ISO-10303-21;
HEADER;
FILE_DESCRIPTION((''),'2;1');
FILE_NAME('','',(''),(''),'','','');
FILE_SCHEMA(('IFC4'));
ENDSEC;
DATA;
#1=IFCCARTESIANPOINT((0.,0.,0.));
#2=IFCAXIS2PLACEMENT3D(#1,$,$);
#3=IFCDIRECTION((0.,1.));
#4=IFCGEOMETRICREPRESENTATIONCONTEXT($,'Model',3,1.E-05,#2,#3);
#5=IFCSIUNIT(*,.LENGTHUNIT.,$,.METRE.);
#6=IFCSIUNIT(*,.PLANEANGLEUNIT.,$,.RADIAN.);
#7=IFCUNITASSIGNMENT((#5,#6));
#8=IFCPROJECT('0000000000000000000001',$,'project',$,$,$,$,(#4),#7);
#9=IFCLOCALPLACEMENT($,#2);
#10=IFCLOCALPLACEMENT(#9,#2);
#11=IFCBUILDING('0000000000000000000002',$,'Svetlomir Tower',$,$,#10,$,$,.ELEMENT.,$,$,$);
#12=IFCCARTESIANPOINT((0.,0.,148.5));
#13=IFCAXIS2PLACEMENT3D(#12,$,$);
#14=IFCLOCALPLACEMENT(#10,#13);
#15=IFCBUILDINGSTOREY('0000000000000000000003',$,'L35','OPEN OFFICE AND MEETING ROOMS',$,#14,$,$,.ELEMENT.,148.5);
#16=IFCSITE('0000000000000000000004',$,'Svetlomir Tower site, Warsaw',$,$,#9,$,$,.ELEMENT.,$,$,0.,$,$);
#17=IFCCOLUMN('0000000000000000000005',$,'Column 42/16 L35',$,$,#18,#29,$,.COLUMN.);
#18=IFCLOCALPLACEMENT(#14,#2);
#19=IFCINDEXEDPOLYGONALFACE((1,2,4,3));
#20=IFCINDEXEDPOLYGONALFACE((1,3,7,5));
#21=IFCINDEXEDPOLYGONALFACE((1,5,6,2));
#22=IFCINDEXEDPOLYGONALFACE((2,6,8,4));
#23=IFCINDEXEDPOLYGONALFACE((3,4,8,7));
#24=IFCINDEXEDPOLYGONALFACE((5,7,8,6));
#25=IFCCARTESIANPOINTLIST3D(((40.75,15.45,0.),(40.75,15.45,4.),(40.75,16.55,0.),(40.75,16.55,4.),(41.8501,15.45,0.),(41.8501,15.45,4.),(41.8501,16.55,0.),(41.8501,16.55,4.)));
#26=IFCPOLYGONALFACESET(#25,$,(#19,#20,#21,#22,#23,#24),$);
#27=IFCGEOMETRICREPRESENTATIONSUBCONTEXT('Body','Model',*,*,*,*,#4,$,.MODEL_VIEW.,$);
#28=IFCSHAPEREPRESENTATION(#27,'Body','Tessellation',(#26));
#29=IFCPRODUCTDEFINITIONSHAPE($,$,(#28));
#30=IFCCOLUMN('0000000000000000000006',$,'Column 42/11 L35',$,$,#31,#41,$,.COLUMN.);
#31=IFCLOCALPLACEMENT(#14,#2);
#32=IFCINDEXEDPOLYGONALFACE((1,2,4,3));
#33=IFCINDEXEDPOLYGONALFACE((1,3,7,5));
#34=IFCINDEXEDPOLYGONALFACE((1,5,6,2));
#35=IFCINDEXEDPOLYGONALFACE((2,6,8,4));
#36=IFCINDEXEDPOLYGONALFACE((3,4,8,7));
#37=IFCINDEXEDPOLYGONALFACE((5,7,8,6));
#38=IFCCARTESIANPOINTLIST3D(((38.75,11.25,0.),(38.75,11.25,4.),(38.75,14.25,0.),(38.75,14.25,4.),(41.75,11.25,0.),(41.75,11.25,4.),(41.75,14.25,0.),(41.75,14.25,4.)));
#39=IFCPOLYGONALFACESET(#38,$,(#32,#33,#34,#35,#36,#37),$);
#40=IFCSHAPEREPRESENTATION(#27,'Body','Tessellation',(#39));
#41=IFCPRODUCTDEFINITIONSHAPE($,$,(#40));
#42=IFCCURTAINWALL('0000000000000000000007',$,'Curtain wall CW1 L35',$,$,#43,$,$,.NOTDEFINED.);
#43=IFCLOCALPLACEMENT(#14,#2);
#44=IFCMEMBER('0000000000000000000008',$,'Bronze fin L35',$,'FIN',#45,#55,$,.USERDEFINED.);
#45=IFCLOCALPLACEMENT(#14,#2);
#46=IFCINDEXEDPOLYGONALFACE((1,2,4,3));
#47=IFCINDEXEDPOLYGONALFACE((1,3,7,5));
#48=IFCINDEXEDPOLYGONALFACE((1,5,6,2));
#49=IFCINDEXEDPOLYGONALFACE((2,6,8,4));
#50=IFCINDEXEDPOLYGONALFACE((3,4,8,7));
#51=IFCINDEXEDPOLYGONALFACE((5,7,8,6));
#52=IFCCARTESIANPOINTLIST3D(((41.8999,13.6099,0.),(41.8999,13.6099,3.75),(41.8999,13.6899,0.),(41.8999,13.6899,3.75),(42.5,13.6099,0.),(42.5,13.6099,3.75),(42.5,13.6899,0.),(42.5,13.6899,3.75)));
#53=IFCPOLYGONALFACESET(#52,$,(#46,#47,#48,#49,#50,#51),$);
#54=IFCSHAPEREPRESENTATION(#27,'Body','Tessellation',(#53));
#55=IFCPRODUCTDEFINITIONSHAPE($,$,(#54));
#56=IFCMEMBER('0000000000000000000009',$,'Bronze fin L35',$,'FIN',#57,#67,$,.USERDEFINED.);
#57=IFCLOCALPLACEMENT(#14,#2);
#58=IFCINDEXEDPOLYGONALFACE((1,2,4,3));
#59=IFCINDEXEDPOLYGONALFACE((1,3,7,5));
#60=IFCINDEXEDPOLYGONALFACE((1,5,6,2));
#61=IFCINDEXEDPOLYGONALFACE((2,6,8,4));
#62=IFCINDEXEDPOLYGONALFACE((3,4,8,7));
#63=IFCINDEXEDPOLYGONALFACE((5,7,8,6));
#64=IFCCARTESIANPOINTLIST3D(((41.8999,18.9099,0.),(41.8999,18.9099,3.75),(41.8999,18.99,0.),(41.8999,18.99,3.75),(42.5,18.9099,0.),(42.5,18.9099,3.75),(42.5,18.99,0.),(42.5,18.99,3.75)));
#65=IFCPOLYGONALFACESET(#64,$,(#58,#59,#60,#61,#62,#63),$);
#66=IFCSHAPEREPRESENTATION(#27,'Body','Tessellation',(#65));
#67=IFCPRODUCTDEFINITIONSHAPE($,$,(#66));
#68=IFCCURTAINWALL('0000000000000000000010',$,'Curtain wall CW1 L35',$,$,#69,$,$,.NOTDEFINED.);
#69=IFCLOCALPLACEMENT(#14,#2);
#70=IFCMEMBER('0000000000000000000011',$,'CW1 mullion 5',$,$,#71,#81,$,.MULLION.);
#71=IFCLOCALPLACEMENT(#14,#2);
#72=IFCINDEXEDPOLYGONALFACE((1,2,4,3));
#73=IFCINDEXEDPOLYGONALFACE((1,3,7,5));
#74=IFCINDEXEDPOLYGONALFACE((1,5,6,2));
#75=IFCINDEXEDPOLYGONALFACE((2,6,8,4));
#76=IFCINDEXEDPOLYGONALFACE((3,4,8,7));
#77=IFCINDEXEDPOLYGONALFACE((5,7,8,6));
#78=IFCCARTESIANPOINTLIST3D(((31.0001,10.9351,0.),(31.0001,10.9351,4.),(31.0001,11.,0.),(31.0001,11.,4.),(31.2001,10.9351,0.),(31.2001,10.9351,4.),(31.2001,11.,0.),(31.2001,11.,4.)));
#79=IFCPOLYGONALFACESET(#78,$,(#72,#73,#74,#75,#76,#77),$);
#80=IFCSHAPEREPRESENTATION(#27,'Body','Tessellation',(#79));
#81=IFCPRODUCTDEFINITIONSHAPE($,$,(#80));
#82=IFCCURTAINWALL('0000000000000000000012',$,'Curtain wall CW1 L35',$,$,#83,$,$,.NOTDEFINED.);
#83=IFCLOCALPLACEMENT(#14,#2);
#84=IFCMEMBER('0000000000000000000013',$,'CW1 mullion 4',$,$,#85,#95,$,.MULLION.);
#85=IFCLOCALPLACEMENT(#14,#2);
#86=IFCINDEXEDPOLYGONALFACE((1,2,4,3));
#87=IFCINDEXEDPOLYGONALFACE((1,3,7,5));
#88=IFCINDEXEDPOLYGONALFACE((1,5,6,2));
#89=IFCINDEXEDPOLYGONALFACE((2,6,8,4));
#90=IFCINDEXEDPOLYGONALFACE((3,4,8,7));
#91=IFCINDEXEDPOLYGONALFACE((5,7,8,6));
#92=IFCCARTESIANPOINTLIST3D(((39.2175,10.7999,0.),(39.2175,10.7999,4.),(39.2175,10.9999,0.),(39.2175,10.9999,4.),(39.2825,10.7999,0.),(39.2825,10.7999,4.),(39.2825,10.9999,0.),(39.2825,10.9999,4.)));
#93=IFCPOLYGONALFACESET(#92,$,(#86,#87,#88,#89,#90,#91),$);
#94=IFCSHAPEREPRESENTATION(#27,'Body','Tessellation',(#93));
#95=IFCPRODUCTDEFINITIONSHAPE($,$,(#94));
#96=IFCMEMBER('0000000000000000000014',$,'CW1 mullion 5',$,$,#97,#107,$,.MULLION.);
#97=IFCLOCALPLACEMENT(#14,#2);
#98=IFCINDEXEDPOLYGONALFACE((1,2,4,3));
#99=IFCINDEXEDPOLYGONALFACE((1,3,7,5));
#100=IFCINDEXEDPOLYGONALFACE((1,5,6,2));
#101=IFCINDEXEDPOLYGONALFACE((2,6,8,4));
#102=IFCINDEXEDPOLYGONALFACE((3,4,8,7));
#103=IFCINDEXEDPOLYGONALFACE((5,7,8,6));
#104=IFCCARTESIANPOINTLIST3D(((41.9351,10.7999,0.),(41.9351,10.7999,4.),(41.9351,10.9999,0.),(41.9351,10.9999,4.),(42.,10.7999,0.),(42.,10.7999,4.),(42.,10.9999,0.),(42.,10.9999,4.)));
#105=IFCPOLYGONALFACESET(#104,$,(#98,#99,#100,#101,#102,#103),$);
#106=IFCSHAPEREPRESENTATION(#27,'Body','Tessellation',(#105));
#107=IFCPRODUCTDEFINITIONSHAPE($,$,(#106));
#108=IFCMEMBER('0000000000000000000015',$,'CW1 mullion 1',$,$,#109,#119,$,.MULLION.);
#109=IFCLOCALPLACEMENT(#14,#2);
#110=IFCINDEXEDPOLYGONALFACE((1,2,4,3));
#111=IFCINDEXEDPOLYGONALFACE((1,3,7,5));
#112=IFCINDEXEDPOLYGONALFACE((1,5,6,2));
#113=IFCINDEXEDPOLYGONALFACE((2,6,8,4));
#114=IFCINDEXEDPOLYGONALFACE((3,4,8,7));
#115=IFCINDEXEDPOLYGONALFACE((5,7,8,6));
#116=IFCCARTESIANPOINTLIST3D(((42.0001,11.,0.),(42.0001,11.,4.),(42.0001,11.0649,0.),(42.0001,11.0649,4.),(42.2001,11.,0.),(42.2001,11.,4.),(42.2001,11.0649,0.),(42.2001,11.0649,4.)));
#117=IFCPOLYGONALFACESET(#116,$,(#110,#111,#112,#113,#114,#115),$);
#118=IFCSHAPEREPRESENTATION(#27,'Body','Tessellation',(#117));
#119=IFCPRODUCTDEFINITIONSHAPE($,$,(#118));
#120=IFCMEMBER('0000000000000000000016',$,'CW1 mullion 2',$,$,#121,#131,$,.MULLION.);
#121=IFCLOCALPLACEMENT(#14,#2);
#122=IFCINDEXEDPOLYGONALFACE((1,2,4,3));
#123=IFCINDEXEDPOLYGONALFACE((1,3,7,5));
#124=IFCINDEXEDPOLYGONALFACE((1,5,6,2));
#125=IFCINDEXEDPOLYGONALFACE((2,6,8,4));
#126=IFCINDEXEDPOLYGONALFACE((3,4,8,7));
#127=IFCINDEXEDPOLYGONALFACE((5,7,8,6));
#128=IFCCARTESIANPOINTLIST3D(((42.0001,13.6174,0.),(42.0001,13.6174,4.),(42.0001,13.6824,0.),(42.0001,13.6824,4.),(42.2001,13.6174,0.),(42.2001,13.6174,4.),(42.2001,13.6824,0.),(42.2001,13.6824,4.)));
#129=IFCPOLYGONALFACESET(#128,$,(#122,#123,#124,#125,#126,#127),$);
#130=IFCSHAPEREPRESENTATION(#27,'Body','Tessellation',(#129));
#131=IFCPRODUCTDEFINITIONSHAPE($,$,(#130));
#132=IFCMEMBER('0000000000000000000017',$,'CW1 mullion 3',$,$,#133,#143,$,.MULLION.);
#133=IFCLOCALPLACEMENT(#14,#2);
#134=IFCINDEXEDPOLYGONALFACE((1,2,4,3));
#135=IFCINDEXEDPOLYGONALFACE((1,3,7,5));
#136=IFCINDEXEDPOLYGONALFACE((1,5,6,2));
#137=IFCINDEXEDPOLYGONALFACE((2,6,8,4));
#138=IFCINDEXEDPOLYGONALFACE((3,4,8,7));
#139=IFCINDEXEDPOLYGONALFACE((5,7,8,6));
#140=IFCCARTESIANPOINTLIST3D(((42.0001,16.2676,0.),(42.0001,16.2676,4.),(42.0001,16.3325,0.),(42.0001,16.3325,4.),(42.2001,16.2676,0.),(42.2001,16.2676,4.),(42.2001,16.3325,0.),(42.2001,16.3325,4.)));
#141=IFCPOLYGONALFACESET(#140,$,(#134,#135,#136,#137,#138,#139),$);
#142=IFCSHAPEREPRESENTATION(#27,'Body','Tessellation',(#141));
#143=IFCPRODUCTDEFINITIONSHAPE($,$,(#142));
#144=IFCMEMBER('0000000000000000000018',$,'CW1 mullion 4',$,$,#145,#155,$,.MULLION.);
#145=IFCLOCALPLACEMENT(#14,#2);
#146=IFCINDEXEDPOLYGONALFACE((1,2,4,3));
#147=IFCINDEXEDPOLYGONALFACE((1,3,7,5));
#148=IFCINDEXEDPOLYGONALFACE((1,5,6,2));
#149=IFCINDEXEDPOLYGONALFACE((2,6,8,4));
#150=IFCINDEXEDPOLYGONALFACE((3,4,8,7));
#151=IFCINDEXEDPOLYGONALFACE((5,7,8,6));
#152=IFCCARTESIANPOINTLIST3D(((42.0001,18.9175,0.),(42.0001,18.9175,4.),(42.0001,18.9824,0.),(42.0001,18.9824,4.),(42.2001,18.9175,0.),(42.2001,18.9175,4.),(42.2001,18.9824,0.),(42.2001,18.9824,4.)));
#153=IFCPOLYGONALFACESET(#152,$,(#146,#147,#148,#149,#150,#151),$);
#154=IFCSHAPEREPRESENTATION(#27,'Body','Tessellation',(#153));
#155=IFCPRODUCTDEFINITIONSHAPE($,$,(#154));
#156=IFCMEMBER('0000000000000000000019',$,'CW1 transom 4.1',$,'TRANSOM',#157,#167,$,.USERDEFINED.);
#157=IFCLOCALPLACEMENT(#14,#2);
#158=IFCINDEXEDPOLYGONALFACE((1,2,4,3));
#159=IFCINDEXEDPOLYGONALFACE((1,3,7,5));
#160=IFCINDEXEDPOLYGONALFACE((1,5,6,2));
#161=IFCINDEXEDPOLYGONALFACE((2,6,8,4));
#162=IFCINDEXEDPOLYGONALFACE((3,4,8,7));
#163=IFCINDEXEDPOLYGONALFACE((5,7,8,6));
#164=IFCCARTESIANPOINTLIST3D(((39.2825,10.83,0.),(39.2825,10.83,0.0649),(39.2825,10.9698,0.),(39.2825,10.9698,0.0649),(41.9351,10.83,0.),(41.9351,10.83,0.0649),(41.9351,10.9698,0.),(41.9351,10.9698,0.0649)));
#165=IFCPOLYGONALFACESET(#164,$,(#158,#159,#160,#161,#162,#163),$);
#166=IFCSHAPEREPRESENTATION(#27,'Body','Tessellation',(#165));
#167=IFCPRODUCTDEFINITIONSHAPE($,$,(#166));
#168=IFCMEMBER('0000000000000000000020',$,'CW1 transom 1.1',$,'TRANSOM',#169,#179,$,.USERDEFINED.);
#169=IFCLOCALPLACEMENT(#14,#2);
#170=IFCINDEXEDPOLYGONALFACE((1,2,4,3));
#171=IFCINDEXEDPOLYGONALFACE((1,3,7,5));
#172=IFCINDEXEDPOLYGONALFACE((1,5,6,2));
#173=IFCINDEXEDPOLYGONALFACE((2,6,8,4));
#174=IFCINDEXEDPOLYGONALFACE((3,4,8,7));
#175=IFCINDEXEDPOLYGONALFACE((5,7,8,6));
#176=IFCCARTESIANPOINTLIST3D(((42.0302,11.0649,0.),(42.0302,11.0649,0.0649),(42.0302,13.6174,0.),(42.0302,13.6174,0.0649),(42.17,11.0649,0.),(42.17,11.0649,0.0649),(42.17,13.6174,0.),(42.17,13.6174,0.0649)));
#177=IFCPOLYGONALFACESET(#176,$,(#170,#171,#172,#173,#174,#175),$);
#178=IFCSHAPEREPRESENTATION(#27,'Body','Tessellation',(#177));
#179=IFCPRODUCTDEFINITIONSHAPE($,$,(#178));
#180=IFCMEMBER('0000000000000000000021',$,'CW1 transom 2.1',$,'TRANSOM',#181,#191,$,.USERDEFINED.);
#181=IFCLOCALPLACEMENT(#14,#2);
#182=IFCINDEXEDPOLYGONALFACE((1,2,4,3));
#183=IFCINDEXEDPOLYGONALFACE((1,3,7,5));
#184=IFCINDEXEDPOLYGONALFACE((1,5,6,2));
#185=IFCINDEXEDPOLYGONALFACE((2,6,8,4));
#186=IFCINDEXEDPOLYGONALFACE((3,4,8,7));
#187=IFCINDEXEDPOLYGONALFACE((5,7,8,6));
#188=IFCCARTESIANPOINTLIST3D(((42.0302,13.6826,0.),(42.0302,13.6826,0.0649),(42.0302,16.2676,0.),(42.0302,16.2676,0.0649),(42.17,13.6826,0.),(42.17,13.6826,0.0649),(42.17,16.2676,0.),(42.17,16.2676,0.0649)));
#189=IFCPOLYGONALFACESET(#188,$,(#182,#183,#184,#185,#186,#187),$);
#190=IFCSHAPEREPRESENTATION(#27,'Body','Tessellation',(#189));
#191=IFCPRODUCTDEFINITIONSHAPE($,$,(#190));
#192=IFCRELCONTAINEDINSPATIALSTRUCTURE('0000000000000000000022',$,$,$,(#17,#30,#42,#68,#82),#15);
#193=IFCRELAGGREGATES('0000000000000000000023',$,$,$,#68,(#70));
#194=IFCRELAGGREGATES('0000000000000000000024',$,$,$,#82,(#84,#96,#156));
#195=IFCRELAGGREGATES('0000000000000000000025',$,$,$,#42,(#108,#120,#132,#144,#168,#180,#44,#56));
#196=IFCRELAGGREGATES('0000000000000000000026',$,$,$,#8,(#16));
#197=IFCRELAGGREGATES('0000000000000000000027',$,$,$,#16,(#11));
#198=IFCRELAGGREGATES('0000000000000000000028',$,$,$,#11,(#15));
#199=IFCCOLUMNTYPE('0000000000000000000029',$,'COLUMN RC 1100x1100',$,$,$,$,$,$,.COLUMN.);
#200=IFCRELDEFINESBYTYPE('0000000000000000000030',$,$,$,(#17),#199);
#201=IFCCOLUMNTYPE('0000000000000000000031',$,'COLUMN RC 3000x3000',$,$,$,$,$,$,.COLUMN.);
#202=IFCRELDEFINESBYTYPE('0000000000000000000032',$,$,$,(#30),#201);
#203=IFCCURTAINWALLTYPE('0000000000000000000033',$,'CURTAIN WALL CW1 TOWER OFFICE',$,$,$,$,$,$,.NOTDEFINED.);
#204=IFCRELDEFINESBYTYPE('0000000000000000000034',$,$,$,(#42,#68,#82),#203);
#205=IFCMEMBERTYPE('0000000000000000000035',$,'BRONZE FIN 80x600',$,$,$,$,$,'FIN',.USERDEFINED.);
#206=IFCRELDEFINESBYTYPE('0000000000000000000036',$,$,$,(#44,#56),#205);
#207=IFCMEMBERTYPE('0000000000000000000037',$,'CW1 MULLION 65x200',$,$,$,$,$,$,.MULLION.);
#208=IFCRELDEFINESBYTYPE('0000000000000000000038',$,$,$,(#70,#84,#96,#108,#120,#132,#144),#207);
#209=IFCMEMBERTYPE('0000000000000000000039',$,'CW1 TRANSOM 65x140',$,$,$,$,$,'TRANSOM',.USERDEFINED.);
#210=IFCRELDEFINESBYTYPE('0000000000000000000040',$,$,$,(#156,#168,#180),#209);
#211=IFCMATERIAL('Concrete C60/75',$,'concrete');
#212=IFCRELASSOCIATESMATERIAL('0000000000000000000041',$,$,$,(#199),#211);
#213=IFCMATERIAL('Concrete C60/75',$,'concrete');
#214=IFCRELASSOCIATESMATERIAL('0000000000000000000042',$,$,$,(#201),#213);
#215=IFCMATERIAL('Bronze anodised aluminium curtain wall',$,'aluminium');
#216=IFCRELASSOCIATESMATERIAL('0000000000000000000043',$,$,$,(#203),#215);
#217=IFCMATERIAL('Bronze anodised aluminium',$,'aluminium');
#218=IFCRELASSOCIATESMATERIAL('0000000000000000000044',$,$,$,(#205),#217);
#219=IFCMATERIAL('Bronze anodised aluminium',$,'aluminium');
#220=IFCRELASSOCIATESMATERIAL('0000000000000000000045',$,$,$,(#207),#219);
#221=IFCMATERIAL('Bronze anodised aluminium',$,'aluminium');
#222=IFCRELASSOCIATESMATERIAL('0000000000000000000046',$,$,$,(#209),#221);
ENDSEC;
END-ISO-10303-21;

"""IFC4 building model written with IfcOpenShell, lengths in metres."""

from ifc_helpers import new_model, si_unit, direction, frame, origin, origin_2d, place, context, subcontext, project, spatial, rectangle, extrude, material, material_profile, profile_set, type_object, element, aggregate, save


model = new_model("IFC4")

# Units and contexts
model_context = context("Model", 3, precision=1e-05, world=origin(), true_north=direction((0.0, 1.0)))
body_context = subcontext(model_context, "Body", "Model", "MODEL_VIEW")
ifc_project = project(units=[si_unit("LENGTHUNIT", "METRE"), si_unit("PLANEANGLEUNIT", "RADIAN")], contexts=[model_context])

# Site, building, storey
site_placement = place(None, origin())
site = spatial("IfcSite", under=ifc_project, at=site_placement, Name="Svetlomir Tower site, Warsaw", CompositionType="ELEMENT", RefElevation=0.0)
building_placement = place(site_placement, origin())
building = spatial("IfcBuilding", under=site, at=building_placement, Name="Svetlomir Tower", CompositionType="ELEMENT")
storey_placement = place(building_placement, frame((0.0, 0.0, 148.5)))
storey = spatial("IfcBuildingStorey", under=building, at=storey_placement, Name="L35", Description="OPEN OFFICE AND MEETING ROOMS", CompositionType="ELEMENT", Elevation=148.5)

# Columns
ifc_material_1 = material(Name="Concrete C60/75", Category="concrete")
ifc_material_profile_1 = material_profile(ifc_material_1, rectangle(XDim=1.1001, YDim=1.1001, at=origin_2d()), Name="RC 1100x1100")
ifc_profile_set_1 = profile_set([ifc_material_profile_1], Name="Concrete C60/75")
column_type_1 = type_object("IfcColumnType", Name="COLUMN RC 1100x1100", PredefinedType="COLUMN", material=ifc_profile_set_1)
column_1_placement = place(storey_placement, frame((41.3, 16.0, 0.0), z_axis=(0.0, 0.0, 1.0), x_axis=(1.0, 0.0, 0.0)))
element("IfcColumn", 1, at=column_1_placement, inside=storey, type_object=column_type_1, Name="Column 42/16 L35", PredefinedType="COLUMN", context=body_context, shape_type="SweptSolid", body=[
    extrude(rectangle(XDim=1.1001, YDim=1.1001, at=origin_2d()), origin(), (0.0, 0.0, 1.0), 4.0),
])
ifc_material_2 = material(Name="Concrete C60/75", Category="concrete")
ifc_material_profile_2 = material_profile(ifc_material_2, rectangle(XDim=3.0, YDim=3.0, at=origin_2d()), Name="RC 3000x3000")
ifc_profile_set_2 = profile_set([ifc_material_profile_2], Name="Concrete C60/75")
column_type_2 = type_object("IfcColumnType", Name="COLUMN RC 3000x3000", PredefinedType="COLUMN", material=ifc_profile_set_2)
column_2_placement = place(storey_placement, frame((40.25, 12.75, 0.0), z_axis=(0.0, 0.0, 1.0), x_axis=(1.0, 0.0, 0.0)))
element("IfcColumn", 2, at=column_2_placement, inside=storey, type_object=column_type_2, Name="Column 42/11 L35", PredefinedType="COLUMN", context=body_context, shape_type="SweptSolid", body=[
    extrude(rectangle(XDim=3.0, YDim=3.0, at=origin_2d()), origin(), (0.0, 0.0, 1.0), 4.0),
])

# Curtain wall, members
ifc_material_3 = material(Name="Bronze anodised aluminium curtain wall", Category="aluminium")
curtain_wall_type = type_object("IfcCurtainWallType", Name="CURTAIN WALL CW1 TOWER OFFICE", PredefinedType="NOTDEFINED", material=ifc_material_3)
curtain_wall_1_placement = place(storey_placement, origin())
curtain_wall_1 = element("IfcCurtainWall", 3, at=curtain_wall_1_placement, inside=storey, type_object=curtain_wall_type, Name="Curtain wall CW1 L35", PredefinedType="NOTDEFINED")
ifc_material_4 = material(Name="Bronze anodised aluminium", Category="aluminium")
ifc_material_profile_3 = material_profile(ifc_material_4, rectangle(XDim=0.0801, YDim=0.6001, at=origin_2d()), Name="FIN 80x600")
ifc_profile_set_3 = profile_set([ifc_material_profile_3], Name="Bronze anodised aluminium 6063-T6")
member_type_1 = type_object("IfcMemberType", Name="BRONZE FIN 80x600", ElementType="FIN", PredefinedType="USERDEFINED", material=ifc_profile_set_3)
member_1_placement = place(storey_placement, frame((42.2, 13.6499, 0.0), z_axis=(0.0, 0.0, 1.0), x_axis=(0.0, 1.0, 0.0)))
member_1 = element("IfcMember", 4, at=member_1_placement, type_object=member_type_1, Name="Bronze fin L35", ObjectType="FIN", PredefinedType="USERDEFINED", context=body_context, shape_type="SweptSolid", body=[
    extrude(rectangle(XDim=0.0801, YDim=0.6001, at=origin_2d()), origin(), (0.0, 0.0, 1.0), 3.75),
])
member_2_placement = place(storey_placement, frame((42.2, 18.95, 0.0), z_axis=(0.0, 0.0, 1.0), x_axis=(0.0, 1.0, 0.0)))
member_2 = element("IfcMember", 5, at=member_2_placement, type_object=member_type_1, Name="Bronze fin L35", ObjectType="FIN", PredefinedType="USERDEFINED", context=body_context, shape_type="SweptSolid", body=[
    extrude(rectangle(XDim=0.0801, YDim=0.6001, at=origin_2d()), origin(), (0.0, 0.0, 1.0), 3.75),
])

# Curtain wall, member
curtain_wall_2_placement = place(storey_placement, origin())
curtain_wall_2 = element("IfcCurtainWall", 6, at=curtain_wall_2_placement, inside=storey, type_object=curtain_wall_type, Name="Curtain wall CW1 L35", PredefinedType="NOTDEFINED")
ifc_material_5 = material(Name="Bronze anodised aluminium", Category="aluminium")
ifc_material_profile_4 = material_profile(ifc_material_5, rectangle(XDim=0.0649, YDim=0.2, at=origin_2d()), Name="AL 65x200")
ifc_profile_set_4 = profile_set([ifc_material_profile_4], Name="Bronze anodised aluminium 6063-T6")
member_type_2 = type_object("IfcMemberType", Name="CW1 MULLION 65x200", PredefinedType="MULLION", material=ifc_profile_set_4)
member_3_placement = place(storey_placement, frame((31.1001, 10.9675, 0.0), z_axis=(0.0, 0.0, 1.0), x_axis=(0.0, 1.0, 0.0)))
member_3 = element("IfcMember", 7, at=member_3_placement, type_object=member_type_2, Name="CW1 mullion 5", PredefinedType="MULLION", context=body_context, shape_type="SweptSolid", body=[
    extrude(rectangle(XDim=0.0649, YDim=0.2, at=origin_2d()), origin(), (0.0, 0.0, 1.0), 4.0),
])
aggregate(curtain_wall_2, [member_3])

# Curtain wall, members
curtain_wall_3_placement = place(storey_placement, origin())
curtain_wall_3 = element("IfcCurtainWall", 8, at=curtain_wall_3_placement, inside=storey, type_object=curtain_wall_type, Name="Curtain wall CW1 L35", PredefinedType="NOTDEFINED")
member_4_placement = place(storey_placement, frame((39.25, 10.8999, 0.0), z_axis=(0.0, 0.0, 1.0), x_axis=(1.0, 0.0, 0.0)))
member_4 = element("IfcMember", 9, at=member_4_placement, type_object=member_type_2, Name="CW1 mullion 4", PredefinedType="MULLION", context=body_context, shape_type="SweptSolid", body=[
    extrude(rectangle(XDim=0.0649, YDim=0.2, at=origin_2d()), origin(), (0.0, 0.0, 1.0), 4.0),
])
member_5_placement = place(storey_placement, frame((41.9675, 10.8999, 0.0), z_axis=(0.0, 0.0, 1.0), x_axis=(1.0, 0.0, 0.0)))
member_5 = element("IfcMember", 10, at=member_5_placement, type_object=member_type_2, Name="CW1 mullion 5", PredefinedType="MULLION", context=body_context, shape_type="SweptSolid", body=[
    extrude(rectangle(XDim=0.0649, YDim=0.2, at=origin_2d()), origin(), (0.0, 0.0, 1.0), 4.0),
])

# Members
member_6_placement = place(storey_placement, frame((42.1001, 11.0325, 0.0), z_axis=(0.0, 0.0, 1.0), x_axis=(0.0, 1.0, 0.0)))
member_6 = element("IfcMember", 11, at=member_6_placement, type_object=member_type_2, Name="CW1 mullion 1", PredefinedType="MULLION", context=body_context, shape_type="SweptSolid", body=[
    extrude(rectangle(XDim=0.0649, YDim=0.2, at=origin_2d()), origin(), (0.0, 0.0, 1.0), 4.0),
])
member_7_placement = place(storey_placement, frame((42.1001, 13.6499, 0.0), z_axis=(0.0, 0.0, 1.0), x_axis=(0.0, 1.0, 0.0)))
member_7 = element("IfcMember", 12, at=member_7_placement, type_object=member_type_2, Name="CW1 mullion 2", PredefinedType="MULLION", context=body_context, shape_type="SweptSolid", body=[
    extrude(rectangle(XDim=0.0649, YDim=0.2, at=origin_2d()), origin(), (0.0, 0.0, 1.0), 4.0),
])
member_8_placement = place(storey_placement, frame((42.1001, 16.3, 0.0), z_axis=(0.0, 0.0, 1.0), x_axis=(0.0, 1.0, 0.0)))
member_8 = element("IfcMember", 13, at=member_8_placement, type_object=member_type_2, Name="CW1 mullion 3", PredefinedType="MULLION", context=body_context, shape_type="SweptSolid", body=[
    extrude(rectangle(XDim=0.0649, YDim=0.2, at=origin_2d()), origin(), (0.0, 0.0, 1.0), 4.0),
])
member_9_placement = place(storey_placement, frame((42.1001, 18.95, 0.0), z_axis=(0.0, 0.0, 1.0), x_axis=(0.0, 1.0, 0.0)))
member_9 = element("IfcMember", 14, at=member_9_placement, type_object=member_type_2, Name="CW1 mullion 4", PredefinedType="MULLION", context=body_context, shape_type="SweptSolid", body=[
    extrude(rectangle(XDim=0.0649, YDim=0.2, at=origin_2d()), origin(), (0.0, 0.0, 1.0), 4.0),
])
ifc_material_6 = material(Name="Bronze anodised aluminium", Category="aluminium")
ifc_material_profile_5 = material_profile(ifc_material_6, rectangle(XDim=0.1399, YDim=0.0649, at=origin_2d()), Name="AL 140x65")
ifc_profile_set_5 = profile_set([ifc_material_profile_5], Name="Bronze anodised aluminium 6063-T6")
member_type_3 = type_object("IfcMemberType", Name="CW1 TRANSOM 65x140", ElementType="TRANSOM", PredefinedType="USERDEFINED", material=ifc_profile_set_5)
member_10_placement = place(storey_placement, frame((39.2825, 10.8999, 0.0325), z_axis=(1.0, 0.0, 0.0), x_axis=(0.0, 1.0, 0.0)))
member_10 = element("IfcMember", 15, at=member_10_placement, type_object=member_type_3, Name="CW1 transom 4.1", ObjectType="TRANSOM", PredefinedType="USERDEFINED", context=body_context, shape_type="SweptSolid", body=[
    extrude(rectangle(XDim=0.1399, YDim=0.0649, at=origin_2d()), origin(), (0.0, 0.0, 1.0), 2.6526),
])
member_11_placement = place(storey_placement, frame((42.1001, 11.0649, 0.0325), z_axis=(0.0, 1.0, 0.0), x_axis=(-1.0, 0.0, 0.0)))
member_11 = element("IfcMember", 16, at=member_11_placement, type_object=member_type_3, Name="CW1 transom 1.1", ObjectType="TRANSOM", PredefinedType="USERDEFINED", context=body_context, shape_type="SweptSolid", body=[
    extrude(rectangle(XDim=0.1399, YDim=0.0649, at=origin_2d()), origin(), (0.0, 0.0, 1.0), 2.5525),
])
member_12_placement = place(storey_placement, frame((42.1001, 13.6826, 0.0325), z_axis=(0.0, 1.0, 0.0), x_axis=(-1.0, 0.0, 0.0)))
member_12 = element("IfcMember", 17, at=member_12_placement, type_object=member_type_3, Name="CW1 transom 2.1", ObjectType="TRANSOM", PredefinedType="USERDEFINED", context=body_context, shape_type="SweptSolid", body=[
    extrude(rectangle(XDim=0.1399, YDim=0.0649, at=origin_2d()), origin(), (0.0, 0.0, 1.0), 2.585),
])

aggregate(curtain_wall_3, [member_4, member_5, member_10])
aggregate(curtain_wall_1, [member_6, member_7, member_8, member_9, member_11, member_12, member_1, member_2])

save(model, "model.ifc")
